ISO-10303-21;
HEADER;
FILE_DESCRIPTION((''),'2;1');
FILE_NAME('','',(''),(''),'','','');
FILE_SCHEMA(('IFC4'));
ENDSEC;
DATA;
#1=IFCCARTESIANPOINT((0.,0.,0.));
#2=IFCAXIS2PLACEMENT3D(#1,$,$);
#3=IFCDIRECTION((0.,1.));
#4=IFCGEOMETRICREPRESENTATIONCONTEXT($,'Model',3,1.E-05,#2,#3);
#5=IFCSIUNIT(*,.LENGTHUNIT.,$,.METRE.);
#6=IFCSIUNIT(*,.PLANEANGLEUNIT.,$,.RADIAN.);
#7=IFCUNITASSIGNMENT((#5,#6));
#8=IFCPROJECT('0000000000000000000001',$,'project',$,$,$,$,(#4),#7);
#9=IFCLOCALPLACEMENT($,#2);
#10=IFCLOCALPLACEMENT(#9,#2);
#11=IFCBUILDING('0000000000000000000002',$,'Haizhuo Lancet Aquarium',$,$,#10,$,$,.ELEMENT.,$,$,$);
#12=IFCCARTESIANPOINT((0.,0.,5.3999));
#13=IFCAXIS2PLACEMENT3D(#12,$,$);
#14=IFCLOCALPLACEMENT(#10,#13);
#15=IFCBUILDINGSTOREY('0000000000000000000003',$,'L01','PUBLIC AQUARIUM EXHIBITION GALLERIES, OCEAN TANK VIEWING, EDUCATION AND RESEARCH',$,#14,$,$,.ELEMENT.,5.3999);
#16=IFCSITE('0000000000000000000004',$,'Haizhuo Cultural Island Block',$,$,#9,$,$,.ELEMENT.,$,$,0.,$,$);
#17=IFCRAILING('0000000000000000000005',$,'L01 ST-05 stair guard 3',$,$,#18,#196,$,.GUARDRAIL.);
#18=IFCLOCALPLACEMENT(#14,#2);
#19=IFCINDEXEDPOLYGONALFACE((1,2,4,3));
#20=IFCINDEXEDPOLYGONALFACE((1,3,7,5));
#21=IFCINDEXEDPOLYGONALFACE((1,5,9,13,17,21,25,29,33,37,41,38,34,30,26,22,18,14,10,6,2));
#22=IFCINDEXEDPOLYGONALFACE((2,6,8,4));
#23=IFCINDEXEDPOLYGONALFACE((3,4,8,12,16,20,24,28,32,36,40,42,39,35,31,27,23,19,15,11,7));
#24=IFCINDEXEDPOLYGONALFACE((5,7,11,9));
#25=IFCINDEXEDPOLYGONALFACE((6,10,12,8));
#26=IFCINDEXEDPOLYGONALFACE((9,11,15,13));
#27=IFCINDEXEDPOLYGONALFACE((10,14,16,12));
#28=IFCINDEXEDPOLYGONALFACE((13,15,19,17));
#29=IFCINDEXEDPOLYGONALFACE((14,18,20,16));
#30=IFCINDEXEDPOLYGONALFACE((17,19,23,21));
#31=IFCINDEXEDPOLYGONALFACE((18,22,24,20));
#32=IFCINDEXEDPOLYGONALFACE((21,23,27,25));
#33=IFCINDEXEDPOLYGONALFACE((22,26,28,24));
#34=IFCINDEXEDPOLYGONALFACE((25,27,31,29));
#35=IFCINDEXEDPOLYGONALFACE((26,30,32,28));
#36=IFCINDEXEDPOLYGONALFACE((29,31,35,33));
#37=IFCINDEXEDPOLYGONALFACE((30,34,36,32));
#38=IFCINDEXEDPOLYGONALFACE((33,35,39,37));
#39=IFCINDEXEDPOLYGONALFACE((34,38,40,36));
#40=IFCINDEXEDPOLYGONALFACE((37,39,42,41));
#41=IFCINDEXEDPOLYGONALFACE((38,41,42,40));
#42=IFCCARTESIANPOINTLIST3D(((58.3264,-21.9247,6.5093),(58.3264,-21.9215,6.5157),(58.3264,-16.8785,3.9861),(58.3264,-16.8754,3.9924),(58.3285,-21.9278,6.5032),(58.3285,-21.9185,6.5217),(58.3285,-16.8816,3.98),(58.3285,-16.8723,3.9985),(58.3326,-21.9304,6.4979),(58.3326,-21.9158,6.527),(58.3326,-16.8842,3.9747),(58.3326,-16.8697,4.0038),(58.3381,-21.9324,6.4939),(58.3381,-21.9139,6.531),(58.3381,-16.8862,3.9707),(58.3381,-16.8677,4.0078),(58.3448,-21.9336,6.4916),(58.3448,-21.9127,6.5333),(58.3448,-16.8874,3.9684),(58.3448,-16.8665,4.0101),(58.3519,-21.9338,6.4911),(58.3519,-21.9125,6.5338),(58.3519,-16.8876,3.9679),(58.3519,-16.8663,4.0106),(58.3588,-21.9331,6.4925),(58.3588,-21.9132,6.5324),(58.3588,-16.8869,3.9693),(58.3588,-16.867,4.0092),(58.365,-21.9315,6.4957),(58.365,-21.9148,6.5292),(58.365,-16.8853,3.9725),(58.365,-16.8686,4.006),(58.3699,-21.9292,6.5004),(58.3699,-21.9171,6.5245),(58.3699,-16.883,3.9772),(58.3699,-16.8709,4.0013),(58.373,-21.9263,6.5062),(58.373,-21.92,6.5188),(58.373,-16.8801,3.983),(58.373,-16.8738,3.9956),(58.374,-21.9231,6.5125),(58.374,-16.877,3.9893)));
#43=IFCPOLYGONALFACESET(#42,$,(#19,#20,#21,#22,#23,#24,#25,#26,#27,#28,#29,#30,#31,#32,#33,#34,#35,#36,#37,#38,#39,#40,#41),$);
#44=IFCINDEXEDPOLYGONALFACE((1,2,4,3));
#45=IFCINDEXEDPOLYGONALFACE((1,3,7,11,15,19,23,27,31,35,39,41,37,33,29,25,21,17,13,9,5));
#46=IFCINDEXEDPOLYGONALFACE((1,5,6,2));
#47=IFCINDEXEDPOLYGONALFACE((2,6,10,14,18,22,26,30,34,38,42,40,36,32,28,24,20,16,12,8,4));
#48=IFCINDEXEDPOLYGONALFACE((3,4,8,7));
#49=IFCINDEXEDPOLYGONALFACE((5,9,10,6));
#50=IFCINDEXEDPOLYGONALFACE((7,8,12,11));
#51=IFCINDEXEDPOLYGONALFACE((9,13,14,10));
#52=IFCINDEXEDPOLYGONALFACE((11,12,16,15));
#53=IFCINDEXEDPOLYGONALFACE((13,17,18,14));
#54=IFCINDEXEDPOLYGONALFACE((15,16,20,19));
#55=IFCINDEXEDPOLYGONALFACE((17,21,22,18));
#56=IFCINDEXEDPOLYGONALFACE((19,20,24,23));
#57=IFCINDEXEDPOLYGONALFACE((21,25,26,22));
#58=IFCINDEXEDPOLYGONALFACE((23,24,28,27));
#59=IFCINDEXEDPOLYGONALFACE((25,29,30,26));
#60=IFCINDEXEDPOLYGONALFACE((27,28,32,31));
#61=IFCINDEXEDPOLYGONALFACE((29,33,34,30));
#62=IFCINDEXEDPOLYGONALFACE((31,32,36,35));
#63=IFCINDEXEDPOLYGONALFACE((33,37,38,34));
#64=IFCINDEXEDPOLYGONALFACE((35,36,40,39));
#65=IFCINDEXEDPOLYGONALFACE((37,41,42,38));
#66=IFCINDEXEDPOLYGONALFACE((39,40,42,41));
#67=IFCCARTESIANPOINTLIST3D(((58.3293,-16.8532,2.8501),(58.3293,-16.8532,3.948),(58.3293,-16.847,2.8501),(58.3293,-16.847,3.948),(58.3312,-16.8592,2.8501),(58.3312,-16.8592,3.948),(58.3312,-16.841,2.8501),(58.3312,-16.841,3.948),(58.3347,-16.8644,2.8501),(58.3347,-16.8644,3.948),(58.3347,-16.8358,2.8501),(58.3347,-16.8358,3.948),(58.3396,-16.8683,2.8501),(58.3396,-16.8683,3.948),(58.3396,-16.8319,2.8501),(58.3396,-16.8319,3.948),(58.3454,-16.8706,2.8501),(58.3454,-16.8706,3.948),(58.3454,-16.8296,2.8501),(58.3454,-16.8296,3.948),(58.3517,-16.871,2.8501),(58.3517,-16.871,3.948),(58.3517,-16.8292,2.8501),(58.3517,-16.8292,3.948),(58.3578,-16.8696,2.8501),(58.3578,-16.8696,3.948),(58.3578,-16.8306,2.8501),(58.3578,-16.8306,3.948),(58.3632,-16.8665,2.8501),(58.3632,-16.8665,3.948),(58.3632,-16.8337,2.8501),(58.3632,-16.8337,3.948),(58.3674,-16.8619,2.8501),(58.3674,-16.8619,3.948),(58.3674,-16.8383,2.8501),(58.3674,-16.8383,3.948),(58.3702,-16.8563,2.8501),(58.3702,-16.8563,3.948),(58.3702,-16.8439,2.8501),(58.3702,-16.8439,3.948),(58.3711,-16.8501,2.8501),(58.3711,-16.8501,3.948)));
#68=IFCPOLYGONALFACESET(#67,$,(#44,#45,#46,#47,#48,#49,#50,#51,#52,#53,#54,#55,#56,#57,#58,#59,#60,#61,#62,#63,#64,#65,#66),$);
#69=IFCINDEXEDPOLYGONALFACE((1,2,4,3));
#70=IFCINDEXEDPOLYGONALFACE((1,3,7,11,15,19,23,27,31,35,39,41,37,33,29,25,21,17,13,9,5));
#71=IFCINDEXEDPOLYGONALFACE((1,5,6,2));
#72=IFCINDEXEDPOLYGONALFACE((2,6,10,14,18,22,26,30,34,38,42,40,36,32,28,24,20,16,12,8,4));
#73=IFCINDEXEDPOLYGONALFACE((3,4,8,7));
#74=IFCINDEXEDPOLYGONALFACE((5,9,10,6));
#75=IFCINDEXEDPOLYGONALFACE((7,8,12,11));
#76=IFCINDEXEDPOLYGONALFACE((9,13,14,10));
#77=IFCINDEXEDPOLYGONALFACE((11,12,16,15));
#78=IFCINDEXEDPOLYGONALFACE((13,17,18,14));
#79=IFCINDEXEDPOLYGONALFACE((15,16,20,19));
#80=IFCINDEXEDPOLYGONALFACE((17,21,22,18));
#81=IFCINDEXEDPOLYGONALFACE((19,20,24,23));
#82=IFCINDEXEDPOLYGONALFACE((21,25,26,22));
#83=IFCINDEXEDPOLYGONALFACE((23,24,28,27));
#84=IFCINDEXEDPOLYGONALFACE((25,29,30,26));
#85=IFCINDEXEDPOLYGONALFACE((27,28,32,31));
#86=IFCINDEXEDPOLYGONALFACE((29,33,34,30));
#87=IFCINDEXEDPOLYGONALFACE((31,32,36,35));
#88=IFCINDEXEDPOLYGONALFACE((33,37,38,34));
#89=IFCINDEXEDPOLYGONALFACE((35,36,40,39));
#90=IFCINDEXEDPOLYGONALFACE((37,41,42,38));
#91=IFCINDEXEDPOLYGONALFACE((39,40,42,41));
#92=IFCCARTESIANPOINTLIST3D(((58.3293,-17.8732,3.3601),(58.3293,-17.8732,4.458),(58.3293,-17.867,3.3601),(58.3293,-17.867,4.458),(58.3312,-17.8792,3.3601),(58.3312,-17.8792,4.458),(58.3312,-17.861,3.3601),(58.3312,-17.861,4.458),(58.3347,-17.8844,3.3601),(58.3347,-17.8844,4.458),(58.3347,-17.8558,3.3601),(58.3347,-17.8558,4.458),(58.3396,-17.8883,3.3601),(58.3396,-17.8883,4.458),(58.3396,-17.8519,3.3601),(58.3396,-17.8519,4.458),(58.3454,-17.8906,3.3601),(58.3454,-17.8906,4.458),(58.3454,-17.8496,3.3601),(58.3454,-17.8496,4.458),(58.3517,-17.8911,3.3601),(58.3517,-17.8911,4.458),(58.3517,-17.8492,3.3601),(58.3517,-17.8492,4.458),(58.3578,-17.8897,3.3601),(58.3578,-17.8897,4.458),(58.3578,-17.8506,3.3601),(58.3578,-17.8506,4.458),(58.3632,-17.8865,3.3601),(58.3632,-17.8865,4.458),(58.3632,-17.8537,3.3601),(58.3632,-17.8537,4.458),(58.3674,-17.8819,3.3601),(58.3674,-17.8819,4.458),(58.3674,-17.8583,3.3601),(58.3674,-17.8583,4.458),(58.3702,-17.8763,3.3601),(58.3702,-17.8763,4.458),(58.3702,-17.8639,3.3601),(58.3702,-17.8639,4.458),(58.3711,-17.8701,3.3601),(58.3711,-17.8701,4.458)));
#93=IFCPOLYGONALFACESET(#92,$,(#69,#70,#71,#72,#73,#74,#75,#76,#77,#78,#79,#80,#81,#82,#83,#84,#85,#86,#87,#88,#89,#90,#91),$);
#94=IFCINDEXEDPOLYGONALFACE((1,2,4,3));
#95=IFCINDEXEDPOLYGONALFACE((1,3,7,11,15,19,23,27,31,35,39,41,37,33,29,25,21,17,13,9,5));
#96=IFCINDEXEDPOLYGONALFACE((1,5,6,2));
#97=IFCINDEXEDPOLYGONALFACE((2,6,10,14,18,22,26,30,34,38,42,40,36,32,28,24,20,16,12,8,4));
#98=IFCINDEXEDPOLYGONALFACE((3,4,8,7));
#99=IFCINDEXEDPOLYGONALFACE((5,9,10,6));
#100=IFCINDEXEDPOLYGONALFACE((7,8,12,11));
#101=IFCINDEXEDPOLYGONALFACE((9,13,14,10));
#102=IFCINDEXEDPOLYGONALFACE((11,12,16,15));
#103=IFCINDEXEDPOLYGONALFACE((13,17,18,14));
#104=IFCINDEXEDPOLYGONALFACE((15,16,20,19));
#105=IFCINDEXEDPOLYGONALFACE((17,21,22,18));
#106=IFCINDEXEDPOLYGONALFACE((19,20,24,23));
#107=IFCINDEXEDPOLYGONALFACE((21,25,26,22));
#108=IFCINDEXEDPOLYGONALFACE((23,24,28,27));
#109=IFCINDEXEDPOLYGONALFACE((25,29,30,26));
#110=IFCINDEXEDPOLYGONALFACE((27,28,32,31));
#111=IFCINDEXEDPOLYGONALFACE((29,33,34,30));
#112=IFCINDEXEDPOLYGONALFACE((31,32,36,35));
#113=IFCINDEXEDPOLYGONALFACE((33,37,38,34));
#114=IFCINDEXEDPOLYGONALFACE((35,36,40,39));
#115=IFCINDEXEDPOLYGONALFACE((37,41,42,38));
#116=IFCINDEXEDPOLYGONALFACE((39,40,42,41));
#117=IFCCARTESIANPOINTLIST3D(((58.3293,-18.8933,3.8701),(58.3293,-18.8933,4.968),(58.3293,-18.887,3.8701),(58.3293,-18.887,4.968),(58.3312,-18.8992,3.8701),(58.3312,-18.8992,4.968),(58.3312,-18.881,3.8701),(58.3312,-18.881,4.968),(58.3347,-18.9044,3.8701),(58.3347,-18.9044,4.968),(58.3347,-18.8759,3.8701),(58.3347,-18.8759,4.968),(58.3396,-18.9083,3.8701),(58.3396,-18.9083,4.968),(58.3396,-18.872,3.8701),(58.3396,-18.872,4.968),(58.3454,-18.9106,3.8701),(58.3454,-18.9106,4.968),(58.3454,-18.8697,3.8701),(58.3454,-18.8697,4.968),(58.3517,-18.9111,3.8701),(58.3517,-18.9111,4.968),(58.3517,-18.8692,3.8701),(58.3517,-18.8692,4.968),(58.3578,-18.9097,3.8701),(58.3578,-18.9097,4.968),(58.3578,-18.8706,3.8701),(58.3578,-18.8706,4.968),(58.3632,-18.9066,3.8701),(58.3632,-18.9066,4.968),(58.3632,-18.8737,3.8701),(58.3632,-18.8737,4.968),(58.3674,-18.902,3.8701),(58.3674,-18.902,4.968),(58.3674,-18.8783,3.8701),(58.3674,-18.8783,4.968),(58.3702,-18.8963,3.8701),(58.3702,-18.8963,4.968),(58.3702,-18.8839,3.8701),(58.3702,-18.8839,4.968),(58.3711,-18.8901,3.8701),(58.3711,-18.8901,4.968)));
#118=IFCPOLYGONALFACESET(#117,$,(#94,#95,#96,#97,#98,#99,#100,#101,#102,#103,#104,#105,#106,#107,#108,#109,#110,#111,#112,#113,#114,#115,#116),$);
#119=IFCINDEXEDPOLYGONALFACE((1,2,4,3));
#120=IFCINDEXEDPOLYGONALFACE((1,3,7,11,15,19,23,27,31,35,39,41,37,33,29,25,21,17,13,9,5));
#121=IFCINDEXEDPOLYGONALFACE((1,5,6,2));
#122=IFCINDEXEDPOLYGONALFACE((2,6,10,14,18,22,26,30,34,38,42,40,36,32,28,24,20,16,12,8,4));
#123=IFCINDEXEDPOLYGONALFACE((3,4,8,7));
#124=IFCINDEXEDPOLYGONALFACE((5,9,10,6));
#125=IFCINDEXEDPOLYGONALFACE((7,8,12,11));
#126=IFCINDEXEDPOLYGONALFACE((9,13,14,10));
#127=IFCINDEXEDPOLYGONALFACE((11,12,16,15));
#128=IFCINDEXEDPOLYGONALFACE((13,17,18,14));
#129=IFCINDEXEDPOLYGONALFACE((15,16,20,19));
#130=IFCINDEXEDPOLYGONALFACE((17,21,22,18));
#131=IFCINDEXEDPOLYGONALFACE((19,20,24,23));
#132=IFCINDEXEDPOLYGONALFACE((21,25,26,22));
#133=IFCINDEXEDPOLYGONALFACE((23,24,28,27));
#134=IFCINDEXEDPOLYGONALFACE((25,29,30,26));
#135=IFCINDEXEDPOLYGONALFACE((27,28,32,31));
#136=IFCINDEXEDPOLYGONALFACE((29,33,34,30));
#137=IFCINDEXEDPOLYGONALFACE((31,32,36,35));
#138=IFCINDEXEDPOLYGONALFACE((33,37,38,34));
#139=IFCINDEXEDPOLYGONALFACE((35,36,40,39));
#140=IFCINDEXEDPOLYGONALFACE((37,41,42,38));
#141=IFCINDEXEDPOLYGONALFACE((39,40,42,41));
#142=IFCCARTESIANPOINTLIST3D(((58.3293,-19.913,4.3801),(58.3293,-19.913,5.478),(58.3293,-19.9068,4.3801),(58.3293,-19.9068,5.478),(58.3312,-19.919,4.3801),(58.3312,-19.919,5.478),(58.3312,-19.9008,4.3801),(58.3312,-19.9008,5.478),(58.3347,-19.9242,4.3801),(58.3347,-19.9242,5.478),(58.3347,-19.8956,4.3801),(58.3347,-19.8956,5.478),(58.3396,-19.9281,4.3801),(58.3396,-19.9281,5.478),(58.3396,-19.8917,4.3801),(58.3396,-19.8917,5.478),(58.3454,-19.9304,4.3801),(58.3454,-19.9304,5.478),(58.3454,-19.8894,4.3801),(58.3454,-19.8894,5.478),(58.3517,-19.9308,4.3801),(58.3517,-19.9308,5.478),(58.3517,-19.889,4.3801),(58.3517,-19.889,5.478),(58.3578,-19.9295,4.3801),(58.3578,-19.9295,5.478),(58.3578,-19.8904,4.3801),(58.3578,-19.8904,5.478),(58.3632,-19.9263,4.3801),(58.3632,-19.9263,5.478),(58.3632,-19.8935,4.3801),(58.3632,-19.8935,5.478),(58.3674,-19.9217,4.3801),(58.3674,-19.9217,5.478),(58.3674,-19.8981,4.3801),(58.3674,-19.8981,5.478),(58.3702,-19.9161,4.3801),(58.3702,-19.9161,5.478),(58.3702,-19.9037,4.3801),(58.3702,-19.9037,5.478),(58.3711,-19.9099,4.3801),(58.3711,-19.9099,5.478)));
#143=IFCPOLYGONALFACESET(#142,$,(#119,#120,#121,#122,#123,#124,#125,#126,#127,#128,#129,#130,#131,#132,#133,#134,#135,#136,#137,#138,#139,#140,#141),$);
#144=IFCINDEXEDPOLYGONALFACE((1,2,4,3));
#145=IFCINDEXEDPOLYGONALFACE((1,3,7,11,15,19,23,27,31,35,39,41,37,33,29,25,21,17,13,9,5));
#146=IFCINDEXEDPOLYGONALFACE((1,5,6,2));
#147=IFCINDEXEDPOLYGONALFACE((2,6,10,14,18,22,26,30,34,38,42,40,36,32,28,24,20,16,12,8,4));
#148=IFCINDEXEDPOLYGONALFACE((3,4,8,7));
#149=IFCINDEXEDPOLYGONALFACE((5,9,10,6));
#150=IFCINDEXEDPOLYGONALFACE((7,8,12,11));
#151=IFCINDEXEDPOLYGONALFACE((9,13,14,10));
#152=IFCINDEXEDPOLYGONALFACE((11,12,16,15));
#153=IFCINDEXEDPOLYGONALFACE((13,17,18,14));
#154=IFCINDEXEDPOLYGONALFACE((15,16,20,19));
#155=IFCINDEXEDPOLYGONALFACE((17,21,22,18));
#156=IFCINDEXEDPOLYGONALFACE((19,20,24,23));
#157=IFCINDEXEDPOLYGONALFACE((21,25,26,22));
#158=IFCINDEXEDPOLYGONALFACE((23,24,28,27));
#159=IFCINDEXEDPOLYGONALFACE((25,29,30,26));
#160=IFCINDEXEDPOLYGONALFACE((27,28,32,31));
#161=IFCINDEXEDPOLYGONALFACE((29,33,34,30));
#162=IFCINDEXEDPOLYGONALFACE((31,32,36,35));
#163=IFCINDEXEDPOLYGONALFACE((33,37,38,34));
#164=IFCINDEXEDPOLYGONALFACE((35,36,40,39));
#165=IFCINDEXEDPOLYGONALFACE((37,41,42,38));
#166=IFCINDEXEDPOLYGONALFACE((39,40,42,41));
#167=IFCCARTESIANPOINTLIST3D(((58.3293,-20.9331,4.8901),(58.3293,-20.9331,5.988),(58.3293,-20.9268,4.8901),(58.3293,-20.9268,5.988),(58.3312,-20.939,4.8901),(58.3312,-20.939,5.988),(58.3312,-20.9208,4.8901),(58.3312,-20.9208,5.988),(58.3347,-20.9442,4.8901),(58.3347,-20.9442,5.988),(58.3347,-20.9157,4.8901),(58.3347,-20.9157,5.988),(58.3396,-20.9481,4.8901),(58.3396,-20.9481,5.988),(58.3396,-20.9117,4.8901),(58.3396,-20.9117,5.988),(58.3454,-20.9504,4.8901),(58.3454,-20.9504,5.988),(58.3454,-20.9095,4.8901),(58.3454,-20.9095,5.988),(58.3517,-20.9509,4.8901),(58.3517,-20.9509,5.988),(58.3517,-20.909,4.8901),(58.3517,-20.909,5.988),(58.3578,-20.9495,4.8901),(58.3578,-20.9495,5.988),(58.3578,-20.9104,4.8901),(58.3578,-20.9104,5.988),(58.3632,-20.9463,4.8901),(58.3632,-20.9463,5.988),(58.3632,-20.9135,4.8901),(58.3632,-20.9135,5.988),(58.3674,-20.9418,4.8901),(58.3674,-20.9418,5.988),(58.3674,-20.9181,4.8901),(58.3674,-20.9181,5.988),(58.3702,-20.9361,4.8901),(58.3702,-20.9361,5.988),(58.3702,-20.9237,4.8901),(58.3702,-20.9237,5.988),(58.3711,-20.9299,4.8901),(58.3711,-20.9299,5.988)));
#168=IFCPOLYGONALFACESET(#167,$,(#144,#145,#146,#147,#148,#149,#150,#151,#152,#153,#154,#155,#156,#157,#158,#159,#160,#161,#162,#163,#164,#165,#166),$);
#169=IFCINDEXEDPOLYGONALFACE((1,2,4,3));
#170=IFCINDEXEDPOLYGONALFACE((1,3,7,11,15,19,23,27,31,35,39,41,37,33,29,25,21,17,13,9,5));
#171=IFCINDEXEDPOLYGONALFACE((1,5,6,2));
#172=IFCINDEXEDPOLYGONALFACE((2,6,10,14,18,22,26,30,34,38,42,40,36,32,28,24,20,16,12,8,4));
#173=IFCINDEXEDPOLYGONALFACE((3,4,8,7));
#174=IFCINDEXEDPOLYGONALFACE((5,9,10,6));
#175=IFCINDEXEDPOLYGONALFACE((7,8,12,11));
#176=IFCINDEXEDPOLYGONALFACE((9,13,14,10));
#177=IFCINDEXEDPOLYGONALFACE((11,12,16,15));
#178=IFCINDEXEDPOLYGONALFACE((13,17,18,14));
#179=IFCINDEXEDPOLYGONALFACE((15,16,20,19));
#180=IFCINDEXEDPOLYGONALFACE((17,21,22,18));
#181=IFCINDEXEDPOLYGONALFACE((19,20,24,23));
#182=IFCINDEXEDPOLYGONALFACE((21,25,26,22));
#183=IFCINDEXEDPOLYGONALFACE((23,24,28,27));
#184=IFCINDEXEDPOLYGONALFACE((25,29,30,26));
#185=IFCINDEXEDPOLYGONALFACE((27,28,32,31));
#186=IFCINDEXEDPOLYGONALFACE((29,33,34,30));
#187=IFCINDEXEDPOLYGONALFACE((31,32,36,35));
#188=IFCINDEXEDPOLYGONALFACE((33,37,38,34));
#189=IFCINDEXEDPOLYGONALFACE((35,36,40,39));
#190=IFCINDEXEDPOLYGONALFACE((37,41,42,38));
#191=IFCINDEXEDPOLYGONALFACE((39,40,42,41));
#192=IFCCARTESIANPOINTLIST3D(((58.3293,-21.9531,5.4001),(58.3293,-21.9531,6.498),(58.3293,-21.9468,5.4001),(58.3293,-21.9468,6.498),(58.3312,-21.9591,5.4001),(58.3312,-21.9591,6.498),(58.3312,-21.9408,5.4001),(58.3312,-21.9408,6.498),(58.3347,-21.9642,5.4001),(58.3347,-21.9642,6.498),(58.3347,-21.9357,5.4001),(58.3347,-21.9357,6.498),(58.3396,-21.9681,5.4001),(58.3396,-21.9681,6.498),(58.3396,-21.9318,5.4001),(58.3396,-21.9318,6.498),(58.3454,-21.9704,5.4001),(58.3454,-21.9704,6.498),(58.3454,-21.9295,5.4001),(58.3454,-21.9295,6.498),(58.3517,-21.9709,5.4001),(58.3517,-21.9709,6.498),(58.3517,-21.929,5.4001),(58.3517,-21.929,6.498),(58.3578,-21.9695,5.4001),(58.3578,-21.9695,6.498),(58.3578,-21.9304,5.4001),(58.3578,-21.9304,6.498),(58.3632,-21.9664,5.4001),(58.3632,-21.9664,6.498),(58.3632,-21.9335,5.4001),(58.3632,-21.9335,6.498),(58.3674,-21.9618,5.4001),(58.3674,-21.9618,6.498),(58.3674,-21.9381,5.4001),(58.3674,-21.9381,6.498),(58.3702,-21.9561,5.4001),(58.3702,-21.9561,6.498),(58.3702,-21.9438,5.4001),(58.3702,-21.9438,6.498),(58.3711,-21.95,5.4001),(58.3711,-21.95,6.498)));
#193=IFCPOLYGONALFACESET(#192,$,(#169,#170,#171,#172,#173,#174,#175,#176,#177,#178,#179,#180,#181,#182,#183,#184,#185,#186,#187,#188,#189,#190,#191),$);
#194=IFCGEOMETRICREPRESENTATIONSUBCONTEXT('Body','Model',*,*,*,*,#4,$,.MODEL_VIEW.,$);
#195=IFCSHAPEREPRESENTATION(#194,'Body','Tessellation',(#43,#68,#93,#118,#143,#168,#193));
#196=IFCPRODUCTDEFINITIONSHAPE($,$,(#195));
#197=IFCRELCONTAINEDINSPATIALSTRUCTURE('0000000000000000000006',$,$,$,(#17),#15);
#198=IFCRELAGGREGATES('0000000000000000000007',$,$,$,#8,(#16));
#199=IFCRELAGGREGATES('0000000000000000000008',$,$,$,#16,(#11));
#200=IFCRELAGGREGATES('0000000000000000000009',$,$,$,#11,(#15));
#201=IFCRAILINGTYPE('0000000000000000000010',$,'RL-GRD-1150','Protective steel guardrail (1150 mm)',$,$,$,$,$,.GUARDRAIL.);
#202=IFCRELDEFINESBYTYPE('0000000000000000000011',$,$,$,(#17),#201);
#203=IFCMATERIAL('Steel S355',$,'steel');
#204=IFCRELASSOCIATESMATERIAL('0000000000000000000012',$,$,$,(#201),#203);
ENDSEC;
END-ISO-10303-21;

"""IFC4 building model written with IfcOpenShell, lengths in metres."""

from ifc_helpers import new_model, si_unit, direction, frame, origin, origin_2d, place, context, subcontext, project, spatial, circle, extrude, material, type_object, element, save


model = new_model("IFC4")

# Units and contexts
model_context = context("Model", 3, precision=1e-05, world=origin(), true_north=direction((0.0, 1.0)))
body_context = subcontext(model_context, "Body", "Model", "MODEL_VIEW")
ifc_project = project(units=[si_unit("LENGTHUNIT", "METRE"), si_unit("PLANEANGLEUNIT", "RADIAN")], contexts=[model_context])

# Site, building, storey
site_placement = place(None, origin())
site = spatial("IfcSite", under=ifc_project, at=site_placement, Name="Haizhuo Cultural Island Block", CompositionType="ELEMENT", RefElevation=0.0)
building_placement = place(site_placement, origin())
building = spatial("IfcBuilding", under=site, at=building_placement, Name="Haizhuo Lancet Aquarium", CompositionType="ELEMENT")
storey_placement = place(building_placement, frame((0.0, 0.0, 5.3999)))
storey = spatial("IfcBuildingStorey", under=building, at=storey_placement, Name="L01", Description="PUBLIC AQUARIUM EXHIBITION GALLERIES, OCEAN TANK VIEWING, EDUCATION AND RESEARCH", CompositionType="ELEMENT", Elevation=5.3999)

# Shared definitions
ifc_material_1 = material(Name="Steel S355", Category="steel")

# Railing
railing_type_1 = type_object("IfcRailingType", Name="RL-GRD-1150", Description="Protective steel guardrail (1150 mm)", PredefinedType="GUARDRAIL", material=ifc_material_1)
railing_1_placement = place(storey_placement, frame((58.3501, -16.8501, 2.8501)))
element("IfcRailing", 1, at=railing_1_placement, inside=storey, type_object=railing_type_1, Name="L01 ST-05 stair guard 3", PredefinedType="GUARDRAIL", context=body_context, shape_type="SweptSolid", body=[
    extrude(circle(Radius=0.0239, at=origin_2d()), frame((0.0, -0.0269, 1.1392), z_axis=(0.0, -0.894419, 0.447231), x_axis=(1.0, 0.0, 0.0)), (0.0, 0.0, 1.0), 5.6418),
    extrude(circle(Radius=0.021, at=origin_2d()), origin(), (0.0, 0.0, 1.0), 1.0979),
    extrude(circle(Radius=0.021, at=origin_2d()), frame((0.0, -1.02, 0.51)), (0.0, 0.0, 1.0), 1.0979),
    extrude(circle(Radius=0.021, at=origin_2d()), frame((0.0, -2.04, 1.02)), (0.0, 0.0, 1.0), 1.0979),
    extrude(circle(Radius=0.021, at=origin_2d()), frame((0.0, -3.0598, 1.53)), (0.0, 0.0, 1.0), 1.0979),
    extrude(circle(Radius=0.021, at=origin_2d()), frame((0.0, -4.0798, 2.04)), (0.0, 0.0, 1.0), 1.0979),
    extrude(circle(Radius=0.021, at=origin_2d()), frame((0.0, -5.0999, 2.55)), (0.0, 0.0, 1.0), 1.0979),
])

save(model, "model.ifc")
